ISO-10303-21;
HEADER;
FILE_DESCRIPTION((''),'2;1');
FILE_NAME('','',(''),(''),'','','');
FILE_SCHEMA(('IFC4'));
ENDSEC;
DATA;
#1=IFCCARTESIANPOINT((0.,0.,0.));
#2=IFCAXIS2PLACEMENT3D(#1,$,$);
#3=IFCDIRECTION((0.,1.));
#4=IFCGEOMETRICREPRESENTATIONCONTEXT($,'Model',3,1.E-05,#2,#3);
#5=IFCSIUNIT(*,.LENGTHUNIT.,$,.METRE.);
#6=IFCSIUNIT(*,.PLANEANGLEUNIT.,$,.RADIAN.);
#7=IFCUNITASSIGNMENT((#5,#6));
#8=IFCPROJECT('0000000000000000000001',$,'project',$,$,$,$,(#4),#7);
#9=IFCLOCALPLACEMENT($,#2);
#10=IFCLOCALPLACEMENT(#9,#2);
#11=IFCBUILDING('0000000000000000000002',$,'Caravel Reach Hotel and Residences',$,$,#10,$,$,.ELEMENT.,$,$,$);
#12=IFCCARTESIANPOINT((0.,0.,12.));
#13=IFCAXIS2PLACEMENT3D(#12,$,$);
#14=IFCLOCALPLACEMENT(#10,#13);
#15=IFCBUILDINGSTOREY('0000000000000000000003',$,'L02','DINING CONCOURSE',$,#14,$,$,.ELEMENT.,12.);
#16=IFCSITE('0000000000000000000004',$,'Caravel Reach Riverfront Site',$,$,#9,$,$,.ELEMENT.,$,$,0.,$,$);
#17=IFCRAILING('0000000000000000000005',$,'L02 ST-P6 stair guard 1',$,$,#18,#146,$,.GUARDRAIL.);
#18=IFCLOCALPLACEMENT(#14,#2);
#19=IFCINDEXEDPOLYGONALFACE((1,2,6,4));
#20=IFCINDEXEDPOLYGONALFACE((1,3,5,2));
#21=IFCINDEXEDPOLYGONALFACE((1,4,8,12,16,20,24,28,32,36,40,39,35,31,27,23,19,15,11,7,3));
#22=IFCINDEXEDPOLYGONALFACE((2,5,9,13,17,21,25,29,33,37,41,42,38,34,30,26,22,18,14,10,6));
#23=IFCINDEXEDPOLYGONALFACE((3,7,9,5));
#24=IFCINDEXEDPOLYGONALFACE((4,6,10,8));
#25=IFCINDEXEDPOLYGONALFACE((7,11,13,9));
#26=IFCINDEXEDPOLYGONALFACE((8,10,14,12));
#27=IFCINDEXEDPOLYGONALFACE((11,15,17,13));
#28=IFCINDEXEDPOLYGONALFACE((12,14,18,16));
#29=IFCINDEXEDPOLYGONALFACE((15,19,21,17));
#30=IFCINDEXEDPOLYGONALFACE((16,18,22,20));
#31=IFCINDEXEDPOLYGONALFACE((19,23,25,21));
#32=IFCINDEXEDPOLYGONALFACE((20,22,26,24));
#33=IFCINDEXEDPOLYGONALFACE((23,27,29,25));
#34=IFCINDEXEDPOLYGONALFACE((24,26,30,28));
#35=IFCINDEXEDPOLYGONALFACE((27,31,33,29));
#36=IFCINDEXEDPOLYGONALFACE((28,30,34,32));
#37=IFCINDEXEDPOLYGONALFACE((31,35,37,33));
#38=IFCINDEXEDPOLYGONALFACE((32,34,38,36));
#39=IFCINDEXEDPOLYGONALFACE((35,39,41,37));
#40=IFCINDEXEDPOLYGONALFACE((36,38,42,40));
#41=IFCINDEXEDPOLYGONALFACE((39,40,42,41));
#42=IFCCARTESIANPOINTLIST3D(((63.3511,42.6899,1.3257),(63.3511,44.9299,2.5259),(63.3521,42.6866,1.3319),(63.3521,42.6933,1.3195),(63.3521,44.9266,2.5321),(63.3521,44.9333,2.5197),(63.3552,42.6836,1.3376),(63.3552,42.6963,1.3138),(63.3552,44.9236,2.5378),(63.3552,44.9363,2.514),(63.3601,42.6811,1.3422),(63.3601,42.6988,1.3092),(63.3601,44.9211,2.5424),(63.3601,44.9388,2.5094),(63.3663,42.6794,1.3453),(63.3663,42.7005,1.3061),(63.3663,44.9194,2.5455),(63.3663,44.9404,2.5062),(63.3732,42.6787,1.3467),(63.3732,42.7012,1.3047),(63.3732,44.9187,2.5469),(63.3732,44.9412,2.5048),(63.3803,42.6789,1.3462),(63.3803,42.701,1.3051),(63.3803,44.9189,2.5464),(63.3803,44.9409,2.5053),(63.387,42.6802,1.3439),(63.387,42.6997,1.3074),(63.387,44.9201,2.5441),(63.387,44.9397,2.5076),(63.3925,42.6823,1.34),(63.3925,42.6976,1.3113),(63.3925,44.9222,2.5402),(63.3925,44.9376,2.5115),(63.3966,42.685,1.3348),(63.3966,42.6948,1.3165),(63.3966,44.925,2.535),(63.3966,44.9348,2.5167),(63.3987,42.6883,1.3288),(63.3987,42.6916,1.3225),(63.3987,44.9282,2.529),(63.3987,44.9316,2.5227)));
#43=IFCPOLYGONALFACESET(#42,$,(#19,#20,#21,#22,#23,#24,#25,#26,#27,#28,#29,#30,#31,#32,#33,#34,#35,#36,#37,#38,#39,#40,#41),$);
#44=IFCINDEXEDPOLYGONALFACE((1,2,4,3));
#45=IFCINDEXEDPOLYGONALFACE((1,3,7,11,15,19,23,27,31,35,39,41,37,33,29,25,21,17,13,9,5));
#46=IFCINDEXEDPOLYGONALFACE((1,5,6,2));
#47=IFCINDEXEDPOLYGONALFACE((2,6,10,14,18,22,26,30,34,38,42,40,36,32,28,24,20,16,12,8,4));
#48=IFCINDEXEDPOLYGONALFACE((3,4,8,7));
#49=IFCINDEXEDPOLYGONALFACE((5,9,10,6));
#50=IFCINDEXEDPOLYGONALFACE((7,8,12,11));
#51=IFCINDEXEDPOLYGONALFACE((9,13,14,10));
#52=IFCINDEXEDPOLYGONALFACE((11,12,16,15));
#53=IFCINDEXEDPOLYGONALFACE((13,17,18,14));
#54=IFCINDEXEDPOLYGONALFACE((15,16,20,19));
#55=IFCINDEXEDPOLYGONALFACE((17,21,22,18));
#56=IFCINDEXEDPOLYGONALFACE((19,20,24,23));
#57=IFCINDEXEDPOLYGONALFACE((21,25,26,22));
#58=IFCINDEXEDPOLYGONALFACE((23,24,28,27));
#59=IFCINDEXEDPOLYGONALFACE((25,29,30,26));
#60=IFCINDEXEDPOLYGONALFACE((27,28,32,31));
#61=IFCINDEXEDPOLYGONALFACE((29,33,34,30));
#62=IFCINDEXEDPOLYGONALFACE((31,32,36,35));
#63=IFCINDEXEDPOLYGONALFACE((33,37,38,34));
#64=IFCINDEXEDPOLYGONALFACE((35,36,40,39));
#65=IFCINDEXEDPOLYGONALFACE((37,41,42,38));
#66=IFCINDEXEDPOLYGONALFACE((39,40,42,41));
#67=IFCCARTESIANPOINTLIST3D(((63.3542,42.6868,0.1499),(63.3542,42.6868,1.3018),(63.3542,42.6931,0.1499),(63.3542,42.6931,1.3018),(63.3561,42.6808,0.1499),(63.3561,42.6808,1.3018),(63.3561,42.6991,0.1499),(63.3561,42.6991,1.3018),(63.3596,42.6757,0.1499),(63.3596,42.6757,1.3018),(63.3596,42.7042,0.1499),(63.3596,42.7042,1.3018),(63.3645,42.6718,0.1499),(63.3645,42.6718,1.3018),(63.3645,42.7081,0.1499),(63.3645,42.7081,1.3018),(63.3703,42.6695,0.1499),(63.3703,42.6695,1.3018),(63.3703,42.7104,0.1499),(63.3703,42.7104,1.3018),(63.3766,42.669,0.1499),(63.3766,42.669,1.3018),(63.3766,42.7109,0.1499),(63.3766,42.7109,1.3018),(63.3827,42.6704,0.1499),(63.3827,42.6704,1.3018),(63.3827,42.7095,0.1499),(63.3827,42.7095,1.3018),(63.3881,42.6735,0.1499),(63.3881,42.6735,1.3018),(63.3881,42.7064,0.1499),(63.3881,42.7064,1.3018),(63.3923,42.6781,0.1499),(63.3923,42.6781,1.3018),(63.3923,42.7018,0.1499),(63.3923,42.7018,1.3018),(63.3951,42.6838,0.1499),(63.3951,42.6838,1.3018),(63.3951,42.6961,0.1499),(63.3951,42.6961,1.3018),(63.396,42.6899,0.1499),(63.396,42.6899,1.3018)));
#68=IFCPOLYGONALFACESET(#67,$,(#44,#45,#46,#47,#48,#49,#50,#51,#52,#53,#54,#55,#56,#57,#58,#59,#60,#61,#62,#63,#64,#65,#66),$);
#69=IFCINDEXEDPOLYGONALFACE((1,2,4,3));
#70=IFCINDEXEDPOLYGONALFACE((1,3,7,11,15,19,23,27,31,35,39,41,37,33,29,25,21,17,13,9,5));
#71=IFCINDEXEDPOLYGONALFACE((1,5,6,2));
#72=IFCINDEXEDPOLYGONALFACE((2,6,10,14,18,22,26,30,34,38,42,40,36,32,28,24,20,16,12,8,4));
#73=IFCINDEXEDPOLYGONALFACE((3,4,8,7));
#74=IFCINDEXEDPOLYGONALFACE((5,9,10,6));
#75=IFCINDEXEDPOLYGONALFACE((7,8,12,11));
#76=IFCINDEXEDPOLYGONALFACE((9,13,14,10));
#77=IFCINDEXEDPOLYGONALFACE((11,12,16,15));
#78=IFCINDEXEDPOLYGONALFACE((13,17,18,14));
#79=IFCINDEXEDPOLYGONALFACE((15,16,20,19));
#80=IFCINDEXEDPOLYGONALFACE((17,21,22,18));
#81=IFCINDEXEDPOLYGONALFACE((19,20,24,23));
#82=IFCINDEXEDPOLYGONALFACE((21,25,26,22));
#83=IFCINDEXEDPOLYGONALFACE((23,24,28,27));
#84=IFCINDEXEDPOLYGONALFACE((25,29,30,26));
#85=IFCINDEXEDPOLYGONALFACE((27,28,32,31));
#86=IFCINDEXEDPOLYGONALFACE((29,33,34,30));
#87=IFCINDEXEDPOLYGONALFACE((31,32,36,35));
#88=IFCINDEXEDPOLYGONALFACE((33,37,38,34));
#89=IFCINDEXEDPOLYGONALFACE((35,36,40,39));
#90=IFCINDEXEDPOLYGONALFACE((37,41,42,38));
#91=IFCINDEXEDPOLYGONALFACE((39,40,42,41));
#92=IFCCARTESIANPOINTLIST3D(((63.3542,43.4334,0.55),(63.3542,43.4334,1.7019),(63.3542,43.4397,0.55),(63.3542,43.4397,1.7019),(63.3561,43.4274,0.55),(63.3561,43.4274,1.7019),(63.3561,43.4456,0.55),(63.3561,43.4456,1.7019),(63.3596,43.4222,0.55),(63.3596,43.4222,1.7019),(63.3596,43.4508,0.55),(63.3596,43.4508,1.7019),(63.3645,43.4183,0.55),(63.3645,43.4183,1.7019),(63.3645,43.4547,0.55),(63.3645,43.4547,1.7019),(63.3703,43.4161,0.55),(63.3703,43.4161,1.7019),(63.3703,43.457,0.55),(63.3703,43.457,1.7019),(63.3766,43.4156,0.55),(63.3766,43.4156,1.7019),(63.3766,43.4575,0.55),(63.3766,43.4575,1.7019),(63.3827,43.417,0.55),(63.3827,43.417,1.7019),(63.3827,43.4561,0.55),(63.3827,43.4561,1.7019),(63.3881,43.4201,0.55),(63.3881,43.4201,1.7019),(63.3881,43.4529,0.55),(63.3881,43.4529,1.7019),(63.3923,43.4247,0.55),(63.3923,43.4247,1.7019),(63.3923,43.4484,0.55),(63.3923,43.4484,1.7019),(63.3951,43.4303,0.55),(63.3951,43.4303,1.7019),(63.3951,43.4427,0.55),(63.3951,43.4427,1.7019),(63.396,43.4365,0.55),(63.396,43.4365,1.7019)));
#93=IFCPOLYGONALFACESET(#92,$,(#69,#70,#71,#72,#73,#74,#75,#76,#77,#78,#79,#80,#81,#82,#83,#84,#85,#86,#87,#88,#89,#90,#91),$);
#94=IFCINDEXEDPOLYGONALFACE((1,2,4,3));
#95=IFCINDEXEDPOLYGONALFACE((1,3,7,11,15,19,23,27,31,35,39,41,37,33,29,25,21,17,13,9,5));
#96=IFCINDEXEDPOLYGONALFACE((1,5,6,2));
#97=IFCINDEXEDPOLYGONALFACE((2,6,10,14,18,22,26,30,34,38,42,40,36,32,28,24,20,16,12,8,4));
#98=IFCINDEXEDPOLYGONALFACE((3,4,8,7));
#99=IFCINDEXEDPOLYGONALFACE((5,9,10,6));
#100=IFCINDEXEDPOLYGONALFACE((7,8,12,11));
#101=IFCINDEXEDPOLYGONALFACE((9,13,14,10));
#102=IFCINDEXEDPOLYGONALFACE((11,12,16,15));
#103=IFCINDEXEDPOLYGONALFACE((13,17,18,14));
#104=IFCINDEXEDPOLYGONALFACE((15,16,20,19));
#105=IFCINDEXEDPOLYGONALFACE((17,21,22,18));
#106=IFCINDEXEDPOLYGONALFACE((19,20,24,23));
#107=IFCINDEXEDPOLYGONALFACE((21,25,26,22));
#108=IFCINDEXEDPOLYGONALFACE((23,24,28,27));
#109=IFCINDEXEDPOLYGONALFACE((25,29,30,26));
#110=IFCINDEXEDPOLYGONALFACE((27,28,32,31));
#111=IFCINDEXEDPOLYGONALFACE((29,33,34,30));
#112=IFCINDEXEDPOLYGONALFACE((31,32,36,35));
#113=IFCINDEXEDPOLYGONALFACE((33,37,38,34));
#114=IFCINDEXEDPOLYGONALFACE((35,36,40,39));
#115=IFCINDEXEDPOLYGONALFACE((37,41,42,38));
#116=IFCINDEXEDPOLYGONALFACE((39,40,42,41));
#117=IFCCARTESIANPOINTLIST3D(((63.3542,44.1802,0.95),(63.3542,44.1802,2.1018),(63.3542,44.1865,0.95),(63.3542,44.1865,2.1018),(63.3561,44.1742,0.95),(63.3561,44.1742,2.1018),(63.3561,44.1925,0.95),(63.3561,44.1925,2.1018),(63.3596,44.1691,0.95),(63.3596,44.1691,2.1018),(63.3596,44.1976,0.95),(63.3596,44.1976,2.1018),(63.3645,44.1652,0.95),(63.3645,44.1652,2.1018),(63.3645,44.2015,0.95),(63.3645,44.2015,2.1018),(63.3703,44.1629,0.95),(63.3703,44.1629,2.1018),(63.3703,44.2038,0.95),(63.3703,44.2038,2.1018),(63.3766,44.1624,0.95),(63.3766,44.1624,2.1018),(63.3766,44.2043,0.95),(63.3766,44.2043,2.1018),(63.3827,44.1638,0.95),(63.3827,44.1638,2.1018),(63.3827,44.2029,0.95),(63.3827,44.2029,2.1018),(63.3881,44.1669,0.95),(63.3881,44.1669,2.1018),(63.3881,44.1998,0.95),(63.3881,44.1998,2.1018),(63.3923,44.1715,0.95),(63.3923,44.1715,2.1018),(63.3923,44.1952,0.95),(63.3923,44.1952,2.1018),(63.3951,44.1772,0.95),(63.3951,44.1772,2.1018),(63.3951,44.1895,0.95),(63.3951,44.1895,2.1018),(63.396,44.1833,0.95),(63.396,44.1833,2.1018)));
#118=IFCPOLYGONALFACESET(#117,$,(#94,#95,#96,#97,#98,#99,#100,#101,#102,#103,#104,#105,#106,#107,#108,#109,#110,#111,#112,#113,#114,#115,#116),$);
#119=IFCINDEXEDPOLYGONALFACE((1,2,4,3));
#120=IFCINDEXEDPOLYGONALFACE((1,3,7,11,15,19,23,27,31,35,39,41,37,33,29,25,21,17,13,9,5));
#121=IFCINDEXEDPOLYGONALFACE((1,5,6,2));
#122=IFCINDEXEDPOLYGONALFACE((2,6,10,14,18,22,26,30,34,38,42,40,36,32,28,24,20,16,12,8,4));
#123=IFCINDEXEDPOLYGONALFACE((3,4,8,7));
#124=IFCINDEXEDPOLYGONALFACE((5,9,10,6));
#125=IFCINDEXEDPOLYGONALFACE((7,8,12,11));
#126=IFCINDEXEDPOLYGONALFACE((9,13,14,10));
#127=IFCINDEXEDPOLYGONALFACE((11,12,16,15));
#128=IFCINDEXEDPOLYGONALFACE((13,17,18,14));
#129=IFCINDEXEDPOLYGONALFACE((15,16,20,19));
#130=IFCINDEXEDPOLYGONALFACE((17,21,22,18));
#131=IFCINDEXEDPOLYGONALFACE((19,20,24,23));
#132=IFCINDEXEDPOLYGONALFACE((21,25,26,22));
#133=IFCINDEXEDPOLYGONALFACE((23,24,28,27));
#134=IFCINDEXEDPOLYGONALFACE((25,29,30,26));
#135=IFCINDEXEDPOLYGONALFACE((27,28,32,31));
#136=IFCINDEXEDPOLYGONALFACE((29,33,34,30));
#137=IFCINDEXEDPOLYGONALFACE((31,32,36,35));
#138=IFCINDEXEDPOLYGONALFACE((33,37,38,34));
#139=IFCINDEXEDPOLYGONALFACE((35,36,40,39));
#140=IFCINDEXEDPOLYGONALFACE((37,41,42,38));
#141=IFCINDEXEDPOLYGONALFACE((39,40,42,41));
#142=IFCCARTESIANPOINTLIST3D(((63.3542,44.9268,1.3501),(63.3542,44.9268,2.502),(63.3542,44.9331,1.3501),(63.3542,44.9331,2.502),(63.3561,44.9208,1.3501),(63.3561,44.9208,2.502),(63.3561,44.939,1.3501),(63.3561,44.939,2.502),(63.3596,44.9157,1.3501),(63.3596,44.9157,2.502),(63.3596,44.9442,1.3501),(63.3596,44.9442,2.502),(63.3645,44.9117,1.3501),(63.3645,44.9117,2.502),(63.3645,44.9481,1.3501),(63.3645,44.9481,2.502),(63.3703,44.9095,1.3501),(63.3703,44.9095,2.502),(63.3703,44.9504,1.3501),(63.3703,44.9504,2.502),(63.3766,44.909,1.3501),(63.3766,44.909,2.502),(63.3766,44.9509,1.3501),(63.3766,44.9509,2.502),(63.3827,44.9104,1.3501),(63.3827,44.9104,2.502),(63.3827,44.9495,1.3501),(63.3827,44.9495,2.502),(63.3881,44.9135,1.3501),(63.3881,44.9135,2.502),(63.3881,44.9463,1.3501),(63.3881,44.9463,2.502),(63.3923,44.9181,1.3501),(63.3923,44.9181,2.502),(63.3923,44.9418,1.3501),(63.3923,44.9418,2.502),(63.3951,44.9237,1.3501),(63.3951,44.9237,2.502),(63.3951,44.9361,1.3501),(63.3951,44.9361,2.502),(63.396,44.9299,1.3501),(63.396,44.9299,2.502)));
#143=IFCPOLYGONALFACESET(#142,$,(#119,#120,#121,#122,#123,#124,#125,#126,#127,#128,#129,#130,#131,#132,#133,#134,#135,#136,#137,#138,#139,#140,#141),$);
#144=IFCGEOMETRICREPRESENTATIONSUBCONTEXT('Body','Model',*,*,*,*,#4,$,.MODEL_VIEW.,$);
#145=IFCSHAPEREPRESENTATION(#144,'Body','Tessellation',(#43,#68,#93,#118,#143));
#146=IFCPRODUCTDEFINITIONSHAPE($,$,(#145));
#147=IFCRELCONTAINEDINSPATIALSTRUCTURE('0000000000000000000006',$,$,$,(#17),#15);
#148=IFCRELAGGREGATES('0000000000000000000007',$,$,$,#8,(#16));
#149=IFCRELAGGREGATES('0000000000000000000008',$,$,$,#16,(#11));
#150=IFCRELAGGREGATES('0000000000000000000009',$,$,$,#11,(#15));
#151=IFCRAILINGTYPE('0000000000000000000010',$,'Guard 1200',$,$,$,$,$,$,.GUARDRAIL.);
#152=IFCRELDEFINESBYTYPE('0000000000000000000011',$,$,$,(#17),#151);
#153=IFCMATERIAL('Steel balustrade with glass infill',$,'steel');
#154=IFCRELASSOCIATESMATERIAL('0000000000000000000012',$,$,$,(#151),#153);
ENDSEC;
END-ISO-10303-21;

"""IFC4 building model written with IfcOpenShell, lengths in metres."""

from ifc_helpers import new_model, si_unit, direction, frame, origin, origin_2d, place, context, subcontext, project, spatial, circle, extrude, material, type_object, element, save


model = new_model("IFC4")

# Units and contexts
model_context = context("Model", 3, precision=1e-05, world=origin(), true_north=direction((0.0, 1.0)))
body_context = subcontext(model_context, "Body", "Model", "MODEL_VIEW")
ifc_project = project(units=[si_unit("LENGTHUNIT", "METRE"), si_unit("PLANEANGLEUNIT", "RADIAN")], contexts=[model_context])

# Site, building, storey
site_placement = place(None, origin())
site = spatial("IfcSite", under=ifc_project, at=site_placement, Name="Caravel Reach Riverfront Site", CompositionType="ELEMENT", RefElevation=0.0)
building_placement = place(site_placement, origin())
building = spatial("IfcBuilding", under=site, at=building_placement, Name="Caravel Reach Hotel and Residences", CompositionType="ELEMENT")
storey_placement = place(building_placement, frame((0.0, 0.0, 12.0)))
storey = spatial("IfcBuildingStorey", under=building, at=storey_placement, Name="L02", Description="DINING CONCOURSE", CompositionType="ELEMENT", Elevation=12.0)

# Railing
ifc_material_1 = material(Name="Steel balustrade with glass infill", Category="steel")
railing_type_1 = type_object("IfcRailingType", Name="Guard 1200", PredefinedType="GUARDRAIL", material=ifc_material_1)
railing_1_placement = place(storey_placement, frame((63.375, 42.6899, 0.1499)))
element("IfcRailing", 1, at=railing_1_placement, inside=storey, type_object=railing_type_1, Name="L02 ST-P6 stair guard 1", PredefinedType="GUARDRAIL", context=body_context, shape_type="SweptSolid", body=[
    extrude(circle(Radius=0.0239, at=origin_2d()), frame((0.0, 0.0, 1.1758), z_axis=(0.0, 0.881447, 0.472283), x_axis=(-1.0, 0.0, 0.0)), (0.0, 0.0, 1.0), 2.5413),
    extrude(circle(Radius=0.021, at=origin_2d()), origin(), (0.0, 0.0, 1.0), 1.1519),
    extrude(circle(Radius=0.021, at=origin_2d()), frame((0.0, 0.7466, 0.4001)), (0.0, 0.0, 1.0), 1.1519),
    extrude(circle(Radius=0.021, at=origin_2d()), frame((0.0, 1.4934, 0.8)), (0.0, 0.0, 1.0), 1.1519),
    extrude(circle(Radius=0.021, at=origin_2d()), frame((0.0, 2.24, 1.2002)), (0.0, 0.0, 1.0), 1.1519),
])

save(model, "model.ifc")
